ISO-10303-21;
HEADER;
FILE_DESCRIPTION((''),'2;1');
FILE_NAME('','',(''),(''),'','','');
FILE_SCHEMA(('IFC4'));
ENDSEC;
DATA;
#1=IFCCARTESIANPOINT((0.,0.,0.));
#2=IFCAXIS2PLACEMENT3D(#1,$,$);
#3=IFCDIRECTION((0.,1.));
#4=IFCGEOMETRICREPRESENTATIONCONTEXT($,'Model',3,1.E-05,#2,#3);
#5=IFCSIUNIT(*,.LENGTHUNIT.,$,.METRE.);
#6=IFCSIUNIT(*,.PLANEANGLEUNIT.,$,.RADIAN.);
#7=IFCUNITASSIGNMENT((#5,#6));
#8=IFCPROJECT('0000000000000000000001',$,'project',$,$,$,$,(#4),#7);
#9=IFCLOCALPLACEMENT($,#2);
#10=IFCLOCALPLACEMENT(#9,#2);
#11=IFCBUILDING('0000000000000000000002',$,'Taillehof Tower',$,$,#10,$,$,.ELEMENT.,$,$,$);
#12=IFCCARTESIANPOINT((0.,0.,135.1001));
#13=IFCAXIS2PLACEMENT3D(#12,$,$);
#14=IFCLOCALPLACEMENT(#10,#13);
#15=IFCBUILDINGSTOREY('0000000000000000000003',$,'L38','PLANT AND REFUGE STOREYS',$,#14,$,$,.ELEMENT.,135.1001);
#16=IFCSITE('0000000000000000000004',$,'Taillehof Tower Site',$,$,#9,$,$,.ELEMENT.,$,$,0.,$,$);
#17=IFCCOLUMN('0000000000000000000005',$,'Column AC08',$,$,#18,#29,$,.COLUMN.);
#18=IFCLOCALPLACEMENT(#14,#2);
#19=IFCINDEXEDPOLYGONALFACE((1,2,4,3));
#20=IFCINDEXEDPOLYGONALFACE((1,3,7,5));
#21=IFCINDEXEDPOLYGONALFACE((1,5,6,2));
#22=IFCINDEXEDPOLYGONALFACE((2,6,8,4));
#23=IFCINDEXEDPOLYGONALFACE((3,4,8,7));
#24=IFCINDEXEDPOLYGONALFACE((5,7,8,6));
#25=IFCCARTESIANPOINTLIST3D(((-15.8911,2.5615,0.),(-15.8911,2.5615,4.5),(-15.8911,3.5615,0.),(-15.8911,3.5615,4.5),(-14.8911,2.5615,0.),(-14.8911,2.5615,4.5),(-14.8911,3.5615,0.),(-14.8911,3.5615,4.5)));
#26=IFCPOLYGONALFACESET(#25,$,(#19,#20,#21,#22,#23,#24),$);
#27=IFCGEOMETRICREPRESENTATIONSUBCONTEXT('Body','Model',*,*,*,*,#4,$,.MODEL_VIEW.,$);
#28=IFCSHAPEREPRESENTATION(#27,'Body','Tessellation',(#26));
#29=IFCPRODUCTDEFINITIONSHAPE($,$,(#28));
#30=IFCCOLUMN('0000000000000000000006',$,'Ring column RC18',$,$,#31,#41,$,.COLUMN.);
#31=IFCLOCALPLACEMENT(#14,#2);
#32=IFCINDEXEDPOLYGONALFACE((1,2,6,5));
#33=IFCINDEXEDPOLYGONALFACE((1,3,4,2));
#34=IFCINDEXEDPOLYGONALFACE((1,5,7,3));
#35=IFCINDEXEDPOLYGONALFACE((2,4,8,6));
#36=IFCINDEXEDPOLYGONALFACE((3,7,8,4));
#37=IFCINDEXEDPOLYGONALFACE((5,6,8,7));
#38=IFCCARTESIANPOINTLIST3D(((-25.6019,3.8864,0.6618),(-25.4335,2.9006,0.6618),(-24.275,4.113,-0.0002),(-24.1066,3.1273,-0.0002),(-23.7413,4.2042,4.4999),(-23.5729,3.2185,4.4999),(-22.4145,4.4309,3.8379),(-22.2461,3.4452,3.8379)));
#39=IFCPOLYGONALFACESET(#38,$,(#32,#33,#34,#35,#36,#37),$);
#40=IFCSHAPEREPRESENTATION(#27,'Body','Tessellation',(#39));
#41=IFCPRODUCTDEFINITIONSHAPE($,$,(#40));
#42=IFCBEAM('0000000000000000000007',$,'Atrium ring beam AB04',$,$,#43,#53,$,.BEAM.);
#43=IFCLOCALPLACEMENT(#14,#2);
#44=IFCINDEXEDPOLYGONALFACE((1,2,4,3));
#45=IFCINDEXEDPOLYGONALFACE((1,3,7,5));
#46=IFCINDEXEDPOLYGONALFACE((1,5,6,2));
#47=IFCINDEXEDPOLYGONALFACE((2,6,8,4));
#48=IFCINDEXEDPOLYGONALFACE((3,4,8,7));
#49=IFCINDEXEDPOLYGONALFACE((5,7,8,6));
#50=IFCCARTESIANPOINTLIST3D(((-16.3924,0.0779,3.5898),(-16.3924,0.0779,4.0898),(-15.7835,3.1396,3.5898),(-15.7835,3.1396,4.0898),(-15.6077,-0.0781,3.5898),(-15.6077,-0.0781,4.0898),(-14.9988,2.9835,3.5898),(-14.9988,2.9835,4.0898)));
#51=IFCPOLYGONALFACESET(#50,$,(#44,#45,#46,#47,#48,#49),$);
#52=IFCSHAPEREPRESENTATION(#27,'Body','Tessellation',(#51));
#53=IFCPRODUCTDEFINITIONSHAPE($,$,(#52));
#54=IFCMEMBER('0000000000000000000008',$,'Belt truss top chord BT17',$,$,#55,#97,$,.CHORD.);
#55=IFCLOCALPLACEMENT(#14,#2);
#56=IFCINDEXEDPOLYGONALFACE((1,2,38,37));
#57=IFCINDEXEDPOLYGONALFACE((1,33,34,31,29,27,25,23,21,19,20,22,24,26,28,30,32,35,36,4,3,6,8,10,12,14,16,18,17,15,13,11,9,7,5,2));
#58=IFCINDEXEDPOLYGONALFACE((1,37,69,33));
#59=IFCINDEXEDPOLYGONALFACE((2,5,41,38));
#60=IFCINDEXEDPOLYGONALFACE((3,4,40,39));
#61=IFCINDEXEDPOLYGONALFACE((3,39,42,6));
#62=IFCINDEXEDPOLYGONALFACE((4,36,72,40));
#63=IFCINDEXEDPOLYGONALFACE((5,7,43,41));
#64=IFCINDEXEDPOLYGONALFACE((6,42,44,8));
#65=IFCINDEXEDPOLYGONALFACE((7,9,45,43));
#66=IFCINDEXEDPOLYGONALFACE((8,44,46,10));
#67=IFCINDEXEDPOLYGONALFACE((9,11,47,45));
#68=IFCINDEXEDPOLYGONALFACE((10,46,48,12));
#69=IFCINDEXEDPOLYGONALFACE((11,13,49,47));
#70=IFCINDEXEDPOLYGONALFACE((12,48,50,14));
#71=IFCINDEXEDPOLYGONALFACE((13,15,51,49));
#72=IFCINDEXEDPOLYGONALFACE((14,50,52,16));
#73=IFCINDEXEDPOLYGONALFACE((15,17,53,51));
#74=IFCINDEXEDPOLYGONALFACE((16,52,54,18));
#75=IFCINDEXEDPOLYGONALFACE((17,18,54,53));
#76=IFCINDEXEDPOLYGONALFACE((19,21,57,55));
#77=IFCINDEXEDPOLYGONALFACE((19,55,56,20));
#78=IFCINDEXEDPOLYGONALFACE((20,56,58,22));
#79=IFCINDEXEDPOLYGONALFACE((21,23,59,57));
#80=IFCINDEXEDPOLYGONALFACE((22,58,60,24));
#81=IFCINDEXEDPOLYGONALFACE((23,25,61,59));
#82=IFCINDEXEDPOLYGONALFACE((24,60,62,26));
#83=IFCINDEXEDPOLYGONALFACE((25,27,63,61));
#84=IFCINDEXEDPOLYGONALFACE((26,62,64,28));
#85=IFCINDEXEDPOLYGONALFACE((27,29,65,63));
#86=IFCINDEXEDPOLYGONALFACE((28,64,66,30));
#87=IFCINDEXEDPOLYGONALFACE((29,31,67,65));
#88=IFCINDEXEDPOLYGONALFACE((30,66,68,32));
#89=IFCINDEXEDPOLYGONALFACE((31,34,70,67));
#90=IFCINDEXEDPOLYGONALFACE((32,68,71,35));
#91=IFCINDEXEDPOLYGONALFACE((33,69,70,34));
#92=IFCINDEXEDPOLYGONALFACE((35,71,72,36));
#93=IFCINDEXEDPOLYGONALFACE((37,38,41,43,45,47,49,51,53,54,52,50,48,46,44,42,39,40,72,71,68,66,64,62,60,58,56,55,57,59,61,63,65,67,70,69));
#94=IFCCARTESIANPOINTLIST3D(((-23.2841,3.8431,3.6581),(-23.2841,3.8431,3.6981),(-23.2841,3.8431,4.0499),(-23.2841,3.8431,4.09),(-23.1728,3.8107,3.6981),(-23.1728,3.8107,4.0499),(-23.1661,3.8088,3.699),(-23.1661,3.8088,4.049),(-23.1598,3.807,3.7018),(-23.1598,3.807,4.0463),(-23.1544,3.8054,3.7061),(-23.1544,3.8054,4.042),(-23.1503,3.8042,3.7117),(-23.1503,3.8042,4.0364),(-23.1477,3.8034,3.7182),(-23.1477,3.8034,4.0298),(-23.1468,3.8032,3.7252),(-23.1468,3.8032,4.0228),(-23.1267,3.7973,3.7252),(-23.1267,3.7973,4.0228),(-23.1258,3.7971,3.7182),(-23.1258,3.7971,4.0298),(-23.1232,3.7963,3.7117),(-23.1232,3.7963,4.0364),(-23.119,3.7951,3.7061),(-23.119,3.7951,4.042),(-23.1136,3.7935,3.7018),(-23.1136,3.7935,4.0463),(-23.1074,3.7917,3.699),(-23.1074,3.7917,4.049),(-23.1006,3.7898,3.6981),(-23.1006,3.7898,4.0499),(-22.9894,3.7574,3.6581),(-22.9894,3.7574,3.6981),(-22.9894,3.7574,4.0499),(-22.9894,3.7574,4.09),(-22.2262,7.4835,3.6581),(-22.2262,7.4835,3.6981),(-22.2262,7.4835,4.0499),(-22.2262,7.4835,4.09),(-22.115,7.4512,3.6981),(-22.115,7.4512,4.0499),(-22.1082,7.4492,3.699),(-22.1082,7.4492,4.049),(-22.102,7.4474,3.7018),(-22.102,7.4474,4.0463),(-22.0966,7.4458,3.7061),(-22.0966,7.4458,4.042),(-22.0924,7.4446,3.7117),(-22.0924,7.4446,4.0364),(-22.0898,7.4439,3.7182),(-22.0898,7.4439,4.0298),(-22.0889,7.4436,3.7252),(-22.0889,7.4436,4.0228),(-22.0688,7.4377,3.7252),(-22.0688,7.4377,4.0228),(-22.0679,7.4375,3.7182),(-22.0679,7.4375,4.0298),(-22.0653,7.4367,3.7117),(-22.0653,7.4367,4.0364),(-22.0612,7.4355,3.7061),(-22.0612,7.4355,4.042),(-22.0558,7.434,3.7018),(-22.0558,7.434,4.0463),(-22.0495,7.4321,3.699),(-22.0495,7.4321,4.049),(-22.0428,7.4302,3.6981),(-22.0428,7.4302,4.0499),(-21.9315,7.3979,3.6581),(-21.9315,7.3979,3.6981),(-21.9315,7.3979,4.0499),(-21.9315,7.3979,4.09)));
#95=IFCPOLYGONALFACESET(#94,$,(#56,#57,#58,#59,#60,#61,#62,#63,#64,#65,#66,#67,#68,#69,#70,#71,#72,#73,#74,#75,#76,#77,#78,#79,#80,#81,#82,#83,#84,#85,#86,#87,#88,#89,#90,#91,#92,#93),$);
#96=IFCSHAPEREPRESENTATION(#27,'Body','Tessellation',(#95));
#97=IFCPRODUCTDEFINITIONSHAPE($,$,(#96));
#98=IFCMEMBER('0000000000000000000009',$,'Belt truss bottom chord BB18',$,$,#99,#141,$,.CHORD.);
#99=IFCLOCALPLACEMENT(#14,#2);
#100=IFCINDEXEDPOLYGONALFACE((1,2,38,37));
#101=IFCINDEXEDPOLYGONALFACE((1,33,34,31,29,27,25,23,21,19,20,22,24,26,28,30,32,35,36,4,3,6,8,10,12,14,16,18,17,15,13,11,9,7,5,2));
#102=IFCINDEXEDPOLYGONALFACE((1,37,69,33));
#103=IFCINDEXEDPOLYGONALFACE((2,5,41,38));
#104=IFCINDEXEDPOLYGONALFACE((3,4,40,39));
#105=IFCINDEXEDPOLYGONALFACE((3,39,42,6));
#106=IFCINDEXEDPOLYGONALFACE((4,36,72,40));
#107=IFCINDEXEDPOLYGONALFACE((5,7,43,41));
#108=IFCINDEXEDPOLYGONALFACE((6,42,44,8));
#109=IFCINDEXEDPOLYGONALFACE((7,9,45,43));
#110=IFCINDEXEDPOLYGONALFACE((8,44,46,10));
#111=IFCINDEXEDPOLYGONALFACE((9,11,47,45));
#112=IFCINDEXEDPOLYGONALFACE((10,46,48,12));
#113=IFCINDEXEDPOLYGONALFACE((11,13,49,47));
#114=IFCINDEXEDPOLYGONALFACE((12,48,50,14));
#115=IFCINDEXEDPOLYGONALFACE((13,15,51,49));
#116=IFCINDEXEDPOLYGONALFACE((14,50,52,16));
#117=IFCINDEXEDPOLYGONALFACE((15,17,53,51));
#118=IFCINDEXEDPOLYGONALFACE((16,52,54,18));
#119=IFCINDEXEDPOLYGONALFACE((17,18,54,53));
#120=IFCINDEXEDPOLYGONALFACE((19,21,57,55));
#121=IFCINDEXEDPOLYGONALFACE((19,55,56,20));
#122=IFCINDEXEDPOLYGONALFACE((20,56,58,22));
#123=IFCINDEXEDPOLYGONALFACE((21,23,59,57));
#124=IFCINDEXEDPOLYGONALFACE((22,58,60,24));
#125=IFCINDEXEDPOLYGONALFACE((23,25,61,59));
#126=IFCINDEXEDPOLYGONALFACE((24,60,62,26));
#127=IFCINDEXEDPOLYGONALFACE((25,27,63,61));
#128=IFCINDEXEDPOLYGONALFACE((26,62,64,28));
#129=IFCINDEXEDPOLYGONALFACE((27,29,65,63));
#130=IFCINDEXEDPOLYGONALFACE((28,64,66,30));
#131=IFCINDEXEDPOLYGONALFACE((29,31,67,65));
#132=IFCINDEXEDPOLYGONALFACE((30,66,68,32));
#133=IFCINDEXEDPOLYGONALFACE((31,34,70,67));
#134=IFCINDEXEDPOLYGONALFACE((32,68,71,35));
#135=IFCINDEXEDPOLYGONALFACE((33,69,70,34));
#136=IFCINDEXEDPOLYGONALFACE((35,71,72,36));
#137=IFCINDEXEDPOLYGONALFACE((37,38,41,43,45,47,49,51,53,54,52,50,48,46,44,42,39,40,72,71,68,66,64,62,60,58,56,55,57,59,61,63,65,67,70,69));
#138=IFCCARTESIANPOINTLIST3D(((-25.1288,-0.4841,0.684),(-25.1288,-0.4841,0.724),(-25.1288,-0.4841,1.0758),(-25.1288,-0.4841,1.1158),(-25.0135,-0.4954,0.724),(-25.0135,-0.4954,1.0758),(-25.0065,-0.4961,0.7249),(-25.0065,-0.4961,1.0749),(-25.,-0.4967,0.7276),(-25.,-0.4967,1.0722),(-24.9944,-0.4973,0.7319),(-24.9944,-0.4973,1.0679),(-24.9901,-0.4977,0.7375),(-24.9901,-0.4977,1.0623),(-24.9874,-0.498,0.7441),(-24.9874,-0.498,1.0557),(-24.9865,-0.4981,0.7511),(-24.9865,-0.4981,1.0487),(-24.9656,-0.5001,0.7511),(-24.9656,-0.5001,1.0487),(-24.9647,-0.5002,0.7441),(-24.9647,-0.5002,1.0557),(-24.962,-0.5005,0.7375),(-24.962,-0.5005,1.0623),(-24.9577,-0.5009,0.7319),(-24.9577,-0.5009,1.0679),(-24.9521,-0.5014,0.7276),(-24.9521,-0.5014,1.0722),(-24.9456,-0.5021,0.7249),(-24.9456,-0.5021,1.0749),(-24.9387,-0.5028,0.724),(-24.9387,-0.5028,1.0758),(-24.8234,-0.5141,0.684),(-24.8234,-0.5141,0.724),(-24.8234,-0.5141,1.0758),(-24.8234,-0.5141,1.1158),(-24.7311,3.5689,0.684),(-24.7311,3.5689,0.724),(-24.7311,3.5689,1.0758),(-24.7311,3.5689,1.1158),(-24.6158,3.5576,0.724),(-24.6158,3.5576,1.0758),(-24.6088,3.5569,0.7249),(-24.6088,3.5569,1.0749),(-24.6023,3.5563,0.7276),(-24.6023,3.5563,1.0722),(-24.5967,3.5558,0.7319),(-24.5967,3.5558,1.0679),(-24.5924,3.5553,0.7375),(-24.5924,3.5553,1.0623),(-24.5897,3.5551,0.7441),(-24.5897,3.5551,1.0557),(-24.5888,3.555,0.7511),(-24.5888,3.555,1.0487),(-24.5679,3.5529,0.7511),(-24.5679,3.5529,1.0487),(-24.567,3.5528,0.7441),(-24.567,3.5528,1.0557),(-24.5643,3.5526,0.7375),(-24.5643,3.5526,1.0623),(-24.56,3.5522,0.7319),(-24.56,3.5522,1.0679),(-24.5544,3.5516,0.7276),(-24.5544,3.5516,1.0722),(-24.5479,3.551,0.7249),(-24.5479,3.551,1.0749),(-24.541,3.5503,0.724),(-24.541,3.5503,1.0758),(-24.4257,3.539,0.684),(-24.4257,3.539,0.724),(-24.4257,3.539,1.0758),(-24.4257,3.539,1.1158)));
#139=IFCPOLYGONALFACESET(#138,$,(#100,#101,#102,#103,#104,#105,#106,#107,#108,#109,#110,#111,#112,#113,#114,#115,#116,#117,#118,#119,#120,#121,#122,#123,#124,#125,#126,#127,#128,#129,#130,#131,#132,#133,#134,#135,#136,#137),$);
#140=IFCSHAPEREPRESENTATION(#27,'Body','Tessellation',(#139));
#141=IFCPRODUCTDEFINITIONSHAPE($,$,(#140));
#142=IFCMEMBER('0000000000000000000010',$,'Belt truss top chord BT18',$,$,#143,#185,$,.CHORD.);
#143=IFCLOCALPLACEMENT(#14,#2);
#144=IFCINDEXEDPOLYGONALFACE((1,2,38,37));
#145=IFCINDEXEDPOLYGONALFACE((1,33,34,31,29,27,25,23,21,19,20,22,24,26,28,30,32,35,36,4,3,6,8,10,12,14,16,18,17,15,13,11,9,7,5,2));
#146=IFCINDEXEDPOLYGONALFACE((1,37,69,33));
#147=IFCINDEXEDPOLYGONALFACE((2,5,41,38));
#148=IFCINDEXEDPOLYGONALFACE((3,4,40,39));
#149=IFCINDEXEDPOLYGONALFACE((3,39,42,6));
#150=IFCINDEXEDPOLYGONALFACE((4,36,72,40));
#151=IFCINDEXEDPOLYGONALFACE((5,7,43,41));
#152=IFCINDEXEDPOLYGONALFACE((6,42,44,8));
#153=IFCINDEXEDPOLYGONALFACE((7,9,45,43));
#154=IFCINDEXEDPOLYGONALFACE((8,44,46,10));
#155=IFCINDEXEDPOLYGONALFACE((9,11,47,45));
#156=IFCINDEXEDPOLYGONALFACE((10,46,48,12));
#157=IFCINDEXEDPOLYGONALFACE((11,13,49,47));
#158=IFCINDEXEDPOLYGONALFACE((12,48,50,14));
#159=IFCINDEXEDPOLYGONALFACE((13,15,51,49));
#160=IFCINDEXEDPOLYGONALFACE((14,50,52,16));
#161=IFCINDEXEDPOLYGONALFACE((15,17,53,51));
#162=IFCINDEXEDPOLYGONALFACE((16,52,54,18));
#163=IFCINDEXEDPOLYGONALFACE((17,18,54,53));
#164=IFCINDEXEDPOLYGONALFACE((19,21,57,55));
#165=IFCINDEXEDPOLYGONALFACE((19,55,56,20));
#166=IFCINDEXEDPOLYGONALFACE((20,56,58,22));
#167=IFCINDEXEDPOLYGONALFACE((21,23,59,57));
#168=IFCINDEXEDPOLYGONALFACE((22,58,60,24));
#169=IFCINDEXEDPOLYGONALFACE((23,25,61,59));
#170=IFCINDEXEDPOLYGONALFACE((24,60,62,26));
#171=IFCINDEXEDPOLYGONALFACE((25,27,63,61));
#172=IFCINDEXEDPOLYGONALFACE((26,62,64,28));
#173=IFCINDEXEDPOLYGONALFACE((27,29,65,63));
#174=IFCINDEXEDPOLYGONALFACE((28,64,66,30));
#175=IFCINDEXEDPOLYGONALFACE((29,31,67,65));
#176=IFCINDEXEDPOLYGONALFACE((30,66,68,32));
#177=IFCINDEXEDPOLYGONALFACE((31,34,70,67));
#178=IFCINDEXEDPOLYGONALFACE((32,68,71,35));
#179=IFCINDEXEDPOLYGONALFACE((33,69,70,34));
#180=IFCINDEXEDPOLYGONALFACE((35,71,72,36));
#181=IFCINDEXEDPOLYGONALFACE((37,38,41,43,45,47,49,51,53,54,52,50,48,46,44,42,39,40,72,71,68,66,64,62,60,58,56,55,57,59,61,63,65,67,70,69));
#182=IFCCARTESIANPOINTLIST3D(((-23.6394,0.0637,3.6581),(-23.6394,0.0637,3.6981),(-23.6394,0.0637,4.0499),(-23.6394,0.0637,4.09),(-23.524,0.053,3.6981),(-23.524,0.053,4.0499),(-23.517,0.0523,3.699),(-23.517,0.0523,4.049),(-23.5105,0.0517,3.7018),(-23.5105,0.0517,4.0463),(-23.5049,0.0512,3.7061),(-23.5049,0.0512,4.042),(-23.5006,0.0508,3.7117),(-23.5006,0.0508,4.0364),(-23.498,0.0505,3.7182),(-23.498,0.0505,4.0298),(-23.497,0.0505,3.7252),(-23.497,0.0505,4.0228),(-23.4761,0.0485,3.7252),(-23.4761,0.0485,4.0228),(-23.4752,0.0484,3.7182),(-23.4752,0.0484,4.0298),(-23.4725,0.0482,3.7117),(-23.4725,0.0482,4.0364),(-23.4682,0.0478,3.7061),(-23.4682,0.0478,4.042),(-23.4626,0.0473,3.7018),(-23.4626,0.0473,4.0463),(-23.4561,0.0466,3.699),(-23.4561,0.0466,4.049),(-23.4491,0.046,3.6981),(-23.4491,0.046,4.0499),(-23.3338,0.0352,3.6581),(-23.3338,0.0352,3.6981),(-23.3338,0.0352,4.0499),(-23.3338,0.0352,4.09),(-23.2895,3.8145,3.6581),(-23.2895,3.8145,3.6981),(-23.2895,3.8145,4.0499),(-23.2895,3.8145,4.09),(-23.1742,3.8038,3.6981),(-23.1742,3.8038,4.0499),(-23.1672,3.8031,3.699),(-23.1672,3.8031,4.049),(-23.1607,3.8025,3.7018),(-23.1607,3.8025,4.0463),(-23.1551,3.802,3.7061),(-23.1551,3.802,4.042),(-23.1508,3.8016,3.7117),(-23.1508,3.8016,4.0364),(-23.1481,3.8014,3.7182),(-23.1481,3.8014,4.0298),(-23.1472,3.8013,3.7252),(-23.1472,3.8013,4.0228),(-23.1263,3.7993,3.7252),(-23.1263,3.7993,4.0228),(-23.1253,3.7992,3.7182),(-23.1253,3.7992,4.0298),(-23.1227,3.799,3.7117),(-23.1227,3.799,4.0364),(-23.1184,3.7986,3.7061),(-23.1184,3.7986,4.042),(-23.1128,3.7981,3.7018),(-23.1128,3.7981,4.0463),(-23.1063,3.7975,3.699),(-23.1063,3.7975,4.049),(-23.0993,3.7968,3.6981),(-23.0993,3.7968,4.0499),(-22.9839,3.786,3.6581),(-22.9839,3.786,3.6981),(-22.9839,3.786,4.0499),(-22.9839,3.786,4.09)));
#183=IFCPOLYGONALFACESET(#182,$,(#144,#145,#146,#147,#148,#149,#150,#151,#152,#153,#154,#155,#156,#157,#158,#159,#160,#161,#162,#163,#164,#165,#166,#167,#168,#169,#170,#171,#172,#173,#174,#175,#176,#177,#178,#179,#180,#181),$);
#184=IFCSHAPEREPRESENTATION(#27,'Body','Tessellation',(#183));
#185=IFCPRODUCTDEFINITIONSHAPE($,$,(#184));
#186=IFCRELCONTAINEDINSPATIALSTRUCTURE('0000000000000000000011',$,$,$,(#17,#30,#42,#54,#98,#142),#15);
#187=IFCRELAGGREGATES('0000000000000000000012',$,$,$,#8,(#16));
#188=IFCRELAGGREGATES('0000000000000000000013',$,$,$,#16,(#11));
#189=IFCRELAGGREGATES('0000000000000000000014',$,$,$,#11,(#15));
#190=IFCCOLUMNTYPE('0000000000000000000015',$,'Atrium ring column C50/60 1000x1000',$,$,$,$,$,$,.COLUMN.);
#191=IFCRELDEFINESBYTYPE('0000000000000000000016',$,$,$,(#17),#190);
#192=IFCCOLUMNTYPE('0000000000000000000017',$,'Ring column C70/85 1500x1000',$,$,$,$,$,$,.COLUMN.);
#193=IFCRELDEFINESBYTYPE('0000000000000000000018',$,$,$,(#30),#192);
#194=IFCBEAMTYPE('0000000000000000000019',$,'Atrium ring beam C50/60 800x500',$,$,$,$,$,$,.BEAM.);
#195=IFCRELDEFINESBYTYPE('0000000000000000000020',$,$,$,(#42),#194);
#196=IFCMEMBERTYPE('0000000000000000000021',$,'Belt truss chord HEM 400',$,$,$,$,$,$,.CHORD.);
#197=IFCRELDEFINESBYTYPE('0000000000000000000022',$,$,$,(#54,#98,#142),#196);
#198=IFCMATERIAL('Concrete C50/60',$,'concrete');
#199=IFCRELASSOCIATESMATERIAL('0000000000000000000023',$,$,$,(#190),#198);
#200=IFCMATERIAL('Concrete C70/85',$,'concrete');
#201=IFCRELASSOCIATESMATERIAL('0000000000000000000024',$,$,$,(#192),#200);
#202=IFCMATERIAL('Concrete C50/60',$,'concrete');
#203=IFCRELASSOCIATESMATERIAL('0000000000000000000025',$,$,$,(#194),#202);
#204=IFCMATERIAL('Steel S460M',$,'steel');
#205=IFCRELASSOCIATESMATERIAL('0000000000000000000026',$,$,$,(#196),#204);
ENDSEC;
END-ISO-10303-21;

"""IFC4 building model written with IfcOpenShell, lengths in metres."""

from ifc_helpers import new_model, si_unit, direction, frame, origin, origin_2d, place, context, subcontext, project, spatial, rectangle, i_section, extrude, material, material_profile, profile_set, type_object, element, save


model = new_model("IFC4")

# Units and contexts
model_context = context("Model", 3, precision=1e-05, world=origin(), true_north=direction((0.0, 1.0)))
body_context = subcontext(model_context, "Body", "Model", "MODEL_VIEW")
ifc_project = project(units=[si_unit("LENGTHUNIT", "METRE"), si_unit("PLANEANGLEUNIT", "RADIAN")], contexts=[model_context])

# Site, building, storey
site_placement = place(None, origin())
site = spatial("IfcSite", under=ifc_project, at=site_placement, Name="Taillehof Tower Site", CompositionType="ELEMENT", RefElevation=0.0)
building_placement = place(site_placement, origin())
building = spatial("IfcBuilding", under=site, at=building_placement, Name="Taillehof Tower", CompositionType="ELEMENT")
storey_placement = place(building_placement, frame((0.0, 0.0, 135.1001)))
storey = spatial("IfcBuildingStorey", under=building, at=storey_placement, Name="L38", Description="PLANT AND REFUGE STOREYS", CompositionType="ELEMENT", Elevation=135.1001)

# Columns
ifc_material_1 = material(Name="Concrete C50/60", Category="concrete")
ifc_material_profile_1 = material_profile(ifc_material_1, rectangle(XDim=1.0, YDim=1.0, at=origin_2d()), Name="RC 1000x1000")
ifc_profile_set_1 = profile_set([ifc_material_profile_1], Name="Concrete C50/60")
column_type_1 = type_object("IfcColumnType", Name="Atrium ring column C50/60 1000x1000", PredefinedType="COLUMN", material=ifc_profile_set_1)
column_1_placement = place(storey_placement, frame((-15.3911, 3.0615, 0.0), z_axis=(0.0, 0.0, 1.0), x_axis=(1.0, 0.0, 0.0)))
element("IfcColumn", 1, at=column_1_placement, inside=storey, type_object=column_type_1, Name="Column AC08", PredefinedType="COLUMN", context=body_context, shape_type="SweptSolid", body=[
    extrude(rectangle(XDim=1.0, YDim=1.0, at=origin_2d()), origin(), (0.0, 0.0, 1.0), 4.5),
])
ifc_material_2 = material(Name="Concrete C70/85", Category="concrete")
ifc_material_profile_2 = material_profile(ifc_material_2, rectangle(XDim=1.5, YDim=1.0, at=origin_2d()), Name="RC 1500x1000")
ifc_profile_set_2 = profile_set([ifc_material_profile_2], Name="Concrete C70/85")
column_type_2 = type_object("IfcColumnType", Name="Ring column C70/85 1500x1000", PredefinedType="COLUMN", material=ifc_profile_set_2)
column_2_placement = place(storey_placement, frame((-24.8542, 3.5068, 0.3308), z_axis=(0.435007, 0.074318, 0.897355), x_axis=(-0.884539, -0.151118, 0.44131)))
element("IfcColumn", 2, at=column_2_placement, inside=storey, type_object=column_type_2, Name="Ring column RC18", PredefinedType="COLUMN", context=body_context, shape_type="SweptSolid", body=[
    extrude(rectangle(XDim=1.5, YDim=1.0, at=origin_2d()), origin(), (0.0, 0.0, 1.0), 4.2771),
])

# Beam
ifc_material_3 = material(Name="Concrete C50/60", Category="concrete")
ifc_material_profile_3 = material_profile(ifc_material_3, rectangle(XDim=0.8, YDim=0.5, at=origin_2d()), Name="RC 800x500")
ifc_profile_set_3 = profile_set([ifc_material_profile_3], Name="Concrete C50/60")
beam_type_1 = type_object("IfcBeamType", Name="Atrium ring beam C50/60 800x500", PredefinedType="BEAM", material=ifc_profile_set_3)
beam_1_placement = place(storey_placement, frame((-15.3911, 3.0615, 3.8398), z_axis=(-0.195063, -0.980791, 0.0), x_axis=(0.980791, -0.195063, 0.0)))
element("IfcBeam", 3, at=beam_1_placement, inside=storey, type_object=beam_type_1, Name="Atrium ring beam AB04", PredefinedType="BEAM", context=body_context, shape_type="SweptSolid", body=[
    extrude(rectangle(XDim=0.8, YDim=0.5, at=origin_2d()), origin(), (0.0, 0.0, 1.0), 3.1216),
])

# Members
ifc_material_4 = material(Name="Steel S460M", Category="steel")
ifc_material_profile_4 = material_profile(ifc_material_4, i_section(OverallWidth=0.3069, OverallDepth=0.4319, WebThickness=0.021, FlangeThickness=0.04, FilletRadius=0.0271, at=origin_2d()), Name="HEM 400")
ifc_profile_set_4 = profile_set([ifc_material_profile_4], Name="Steel S460M")
member_type_1 = type_object("IfcMemberType", Name="Belt truss chord HEM 400", PredefinedType="CHORD", material=ifc_profile_set_4)
member_1_placement = place(storey_placement, frame((-22.0789, 7.4407, 3.874), z_axis=(-0.279048, -0.960277, 0.0), x_axis=(0.960277, -0.279048, 0.0)))
element("IfcMember", 4, at=member_1_placement, inside=storey, type_object=member_type_1, Name="Belt truss top chord BT17", PredefinedType="CHORD", context=body_context, shape_type="SweptSolid", body=[
    extrude(i_section(OverallWidth=0.3069, OverallDepth=0.4319, WebThickness=0.021, FlangeThickness=0.04, FilletRadius=0.0271, at=origin_2d()), origin(), (0.0, 0.0, 1.0), 3.791),
])
member_2_placement = place(storey_placement, frame((-24.5784, 3.554, 0.8999), z_axis=(-0.097658, -0.99522, 0.0), x_axis=(0.99522, -0.097658, 0.0)))
element("IfcMember", 5, at=member_2_placement, inside=storey, type_object=member_type_1, Name="Belt truss bottom chord BB18", PredefinedType="CHORD", context=body_context, shape_type="SweptSolid", body=[
    extrude(i_section(OverallWidth=0.3069, OverallDepth=0.4319, WebThickness=0.021, FlangeThickness=0.04, FilletRadius=0.0271, at=origin_2d()), origin(), (0.0, 0.0, 1.0), 4.0725),
])
member_3_placement = place(storey_placement, frame((-23.1367, 3.8003, 3.874), z_axis=(-0.092873, -0.995678, 0.0), x_axis=(0.995678, -0.092873, 0.0)))
element("IfcMember", 6, at=member_3_placement, inside=storey, type_object=member_type_1, Name="Belt truss top chord BT18", PredefinedType="CHORD", context=body_context, shape_type="SweptSolid", body=[
    extrude(i_section(OverallWidth=0.3069, OverallDepth=0.4319, WebThickness=0.021, FlangeThickness=0.04, FilletRadius=0.0271, at=origin_2d()), origin(), (0.0, 0.0, 1.0), 3.7671),
])

save(model, "model.ifc")
